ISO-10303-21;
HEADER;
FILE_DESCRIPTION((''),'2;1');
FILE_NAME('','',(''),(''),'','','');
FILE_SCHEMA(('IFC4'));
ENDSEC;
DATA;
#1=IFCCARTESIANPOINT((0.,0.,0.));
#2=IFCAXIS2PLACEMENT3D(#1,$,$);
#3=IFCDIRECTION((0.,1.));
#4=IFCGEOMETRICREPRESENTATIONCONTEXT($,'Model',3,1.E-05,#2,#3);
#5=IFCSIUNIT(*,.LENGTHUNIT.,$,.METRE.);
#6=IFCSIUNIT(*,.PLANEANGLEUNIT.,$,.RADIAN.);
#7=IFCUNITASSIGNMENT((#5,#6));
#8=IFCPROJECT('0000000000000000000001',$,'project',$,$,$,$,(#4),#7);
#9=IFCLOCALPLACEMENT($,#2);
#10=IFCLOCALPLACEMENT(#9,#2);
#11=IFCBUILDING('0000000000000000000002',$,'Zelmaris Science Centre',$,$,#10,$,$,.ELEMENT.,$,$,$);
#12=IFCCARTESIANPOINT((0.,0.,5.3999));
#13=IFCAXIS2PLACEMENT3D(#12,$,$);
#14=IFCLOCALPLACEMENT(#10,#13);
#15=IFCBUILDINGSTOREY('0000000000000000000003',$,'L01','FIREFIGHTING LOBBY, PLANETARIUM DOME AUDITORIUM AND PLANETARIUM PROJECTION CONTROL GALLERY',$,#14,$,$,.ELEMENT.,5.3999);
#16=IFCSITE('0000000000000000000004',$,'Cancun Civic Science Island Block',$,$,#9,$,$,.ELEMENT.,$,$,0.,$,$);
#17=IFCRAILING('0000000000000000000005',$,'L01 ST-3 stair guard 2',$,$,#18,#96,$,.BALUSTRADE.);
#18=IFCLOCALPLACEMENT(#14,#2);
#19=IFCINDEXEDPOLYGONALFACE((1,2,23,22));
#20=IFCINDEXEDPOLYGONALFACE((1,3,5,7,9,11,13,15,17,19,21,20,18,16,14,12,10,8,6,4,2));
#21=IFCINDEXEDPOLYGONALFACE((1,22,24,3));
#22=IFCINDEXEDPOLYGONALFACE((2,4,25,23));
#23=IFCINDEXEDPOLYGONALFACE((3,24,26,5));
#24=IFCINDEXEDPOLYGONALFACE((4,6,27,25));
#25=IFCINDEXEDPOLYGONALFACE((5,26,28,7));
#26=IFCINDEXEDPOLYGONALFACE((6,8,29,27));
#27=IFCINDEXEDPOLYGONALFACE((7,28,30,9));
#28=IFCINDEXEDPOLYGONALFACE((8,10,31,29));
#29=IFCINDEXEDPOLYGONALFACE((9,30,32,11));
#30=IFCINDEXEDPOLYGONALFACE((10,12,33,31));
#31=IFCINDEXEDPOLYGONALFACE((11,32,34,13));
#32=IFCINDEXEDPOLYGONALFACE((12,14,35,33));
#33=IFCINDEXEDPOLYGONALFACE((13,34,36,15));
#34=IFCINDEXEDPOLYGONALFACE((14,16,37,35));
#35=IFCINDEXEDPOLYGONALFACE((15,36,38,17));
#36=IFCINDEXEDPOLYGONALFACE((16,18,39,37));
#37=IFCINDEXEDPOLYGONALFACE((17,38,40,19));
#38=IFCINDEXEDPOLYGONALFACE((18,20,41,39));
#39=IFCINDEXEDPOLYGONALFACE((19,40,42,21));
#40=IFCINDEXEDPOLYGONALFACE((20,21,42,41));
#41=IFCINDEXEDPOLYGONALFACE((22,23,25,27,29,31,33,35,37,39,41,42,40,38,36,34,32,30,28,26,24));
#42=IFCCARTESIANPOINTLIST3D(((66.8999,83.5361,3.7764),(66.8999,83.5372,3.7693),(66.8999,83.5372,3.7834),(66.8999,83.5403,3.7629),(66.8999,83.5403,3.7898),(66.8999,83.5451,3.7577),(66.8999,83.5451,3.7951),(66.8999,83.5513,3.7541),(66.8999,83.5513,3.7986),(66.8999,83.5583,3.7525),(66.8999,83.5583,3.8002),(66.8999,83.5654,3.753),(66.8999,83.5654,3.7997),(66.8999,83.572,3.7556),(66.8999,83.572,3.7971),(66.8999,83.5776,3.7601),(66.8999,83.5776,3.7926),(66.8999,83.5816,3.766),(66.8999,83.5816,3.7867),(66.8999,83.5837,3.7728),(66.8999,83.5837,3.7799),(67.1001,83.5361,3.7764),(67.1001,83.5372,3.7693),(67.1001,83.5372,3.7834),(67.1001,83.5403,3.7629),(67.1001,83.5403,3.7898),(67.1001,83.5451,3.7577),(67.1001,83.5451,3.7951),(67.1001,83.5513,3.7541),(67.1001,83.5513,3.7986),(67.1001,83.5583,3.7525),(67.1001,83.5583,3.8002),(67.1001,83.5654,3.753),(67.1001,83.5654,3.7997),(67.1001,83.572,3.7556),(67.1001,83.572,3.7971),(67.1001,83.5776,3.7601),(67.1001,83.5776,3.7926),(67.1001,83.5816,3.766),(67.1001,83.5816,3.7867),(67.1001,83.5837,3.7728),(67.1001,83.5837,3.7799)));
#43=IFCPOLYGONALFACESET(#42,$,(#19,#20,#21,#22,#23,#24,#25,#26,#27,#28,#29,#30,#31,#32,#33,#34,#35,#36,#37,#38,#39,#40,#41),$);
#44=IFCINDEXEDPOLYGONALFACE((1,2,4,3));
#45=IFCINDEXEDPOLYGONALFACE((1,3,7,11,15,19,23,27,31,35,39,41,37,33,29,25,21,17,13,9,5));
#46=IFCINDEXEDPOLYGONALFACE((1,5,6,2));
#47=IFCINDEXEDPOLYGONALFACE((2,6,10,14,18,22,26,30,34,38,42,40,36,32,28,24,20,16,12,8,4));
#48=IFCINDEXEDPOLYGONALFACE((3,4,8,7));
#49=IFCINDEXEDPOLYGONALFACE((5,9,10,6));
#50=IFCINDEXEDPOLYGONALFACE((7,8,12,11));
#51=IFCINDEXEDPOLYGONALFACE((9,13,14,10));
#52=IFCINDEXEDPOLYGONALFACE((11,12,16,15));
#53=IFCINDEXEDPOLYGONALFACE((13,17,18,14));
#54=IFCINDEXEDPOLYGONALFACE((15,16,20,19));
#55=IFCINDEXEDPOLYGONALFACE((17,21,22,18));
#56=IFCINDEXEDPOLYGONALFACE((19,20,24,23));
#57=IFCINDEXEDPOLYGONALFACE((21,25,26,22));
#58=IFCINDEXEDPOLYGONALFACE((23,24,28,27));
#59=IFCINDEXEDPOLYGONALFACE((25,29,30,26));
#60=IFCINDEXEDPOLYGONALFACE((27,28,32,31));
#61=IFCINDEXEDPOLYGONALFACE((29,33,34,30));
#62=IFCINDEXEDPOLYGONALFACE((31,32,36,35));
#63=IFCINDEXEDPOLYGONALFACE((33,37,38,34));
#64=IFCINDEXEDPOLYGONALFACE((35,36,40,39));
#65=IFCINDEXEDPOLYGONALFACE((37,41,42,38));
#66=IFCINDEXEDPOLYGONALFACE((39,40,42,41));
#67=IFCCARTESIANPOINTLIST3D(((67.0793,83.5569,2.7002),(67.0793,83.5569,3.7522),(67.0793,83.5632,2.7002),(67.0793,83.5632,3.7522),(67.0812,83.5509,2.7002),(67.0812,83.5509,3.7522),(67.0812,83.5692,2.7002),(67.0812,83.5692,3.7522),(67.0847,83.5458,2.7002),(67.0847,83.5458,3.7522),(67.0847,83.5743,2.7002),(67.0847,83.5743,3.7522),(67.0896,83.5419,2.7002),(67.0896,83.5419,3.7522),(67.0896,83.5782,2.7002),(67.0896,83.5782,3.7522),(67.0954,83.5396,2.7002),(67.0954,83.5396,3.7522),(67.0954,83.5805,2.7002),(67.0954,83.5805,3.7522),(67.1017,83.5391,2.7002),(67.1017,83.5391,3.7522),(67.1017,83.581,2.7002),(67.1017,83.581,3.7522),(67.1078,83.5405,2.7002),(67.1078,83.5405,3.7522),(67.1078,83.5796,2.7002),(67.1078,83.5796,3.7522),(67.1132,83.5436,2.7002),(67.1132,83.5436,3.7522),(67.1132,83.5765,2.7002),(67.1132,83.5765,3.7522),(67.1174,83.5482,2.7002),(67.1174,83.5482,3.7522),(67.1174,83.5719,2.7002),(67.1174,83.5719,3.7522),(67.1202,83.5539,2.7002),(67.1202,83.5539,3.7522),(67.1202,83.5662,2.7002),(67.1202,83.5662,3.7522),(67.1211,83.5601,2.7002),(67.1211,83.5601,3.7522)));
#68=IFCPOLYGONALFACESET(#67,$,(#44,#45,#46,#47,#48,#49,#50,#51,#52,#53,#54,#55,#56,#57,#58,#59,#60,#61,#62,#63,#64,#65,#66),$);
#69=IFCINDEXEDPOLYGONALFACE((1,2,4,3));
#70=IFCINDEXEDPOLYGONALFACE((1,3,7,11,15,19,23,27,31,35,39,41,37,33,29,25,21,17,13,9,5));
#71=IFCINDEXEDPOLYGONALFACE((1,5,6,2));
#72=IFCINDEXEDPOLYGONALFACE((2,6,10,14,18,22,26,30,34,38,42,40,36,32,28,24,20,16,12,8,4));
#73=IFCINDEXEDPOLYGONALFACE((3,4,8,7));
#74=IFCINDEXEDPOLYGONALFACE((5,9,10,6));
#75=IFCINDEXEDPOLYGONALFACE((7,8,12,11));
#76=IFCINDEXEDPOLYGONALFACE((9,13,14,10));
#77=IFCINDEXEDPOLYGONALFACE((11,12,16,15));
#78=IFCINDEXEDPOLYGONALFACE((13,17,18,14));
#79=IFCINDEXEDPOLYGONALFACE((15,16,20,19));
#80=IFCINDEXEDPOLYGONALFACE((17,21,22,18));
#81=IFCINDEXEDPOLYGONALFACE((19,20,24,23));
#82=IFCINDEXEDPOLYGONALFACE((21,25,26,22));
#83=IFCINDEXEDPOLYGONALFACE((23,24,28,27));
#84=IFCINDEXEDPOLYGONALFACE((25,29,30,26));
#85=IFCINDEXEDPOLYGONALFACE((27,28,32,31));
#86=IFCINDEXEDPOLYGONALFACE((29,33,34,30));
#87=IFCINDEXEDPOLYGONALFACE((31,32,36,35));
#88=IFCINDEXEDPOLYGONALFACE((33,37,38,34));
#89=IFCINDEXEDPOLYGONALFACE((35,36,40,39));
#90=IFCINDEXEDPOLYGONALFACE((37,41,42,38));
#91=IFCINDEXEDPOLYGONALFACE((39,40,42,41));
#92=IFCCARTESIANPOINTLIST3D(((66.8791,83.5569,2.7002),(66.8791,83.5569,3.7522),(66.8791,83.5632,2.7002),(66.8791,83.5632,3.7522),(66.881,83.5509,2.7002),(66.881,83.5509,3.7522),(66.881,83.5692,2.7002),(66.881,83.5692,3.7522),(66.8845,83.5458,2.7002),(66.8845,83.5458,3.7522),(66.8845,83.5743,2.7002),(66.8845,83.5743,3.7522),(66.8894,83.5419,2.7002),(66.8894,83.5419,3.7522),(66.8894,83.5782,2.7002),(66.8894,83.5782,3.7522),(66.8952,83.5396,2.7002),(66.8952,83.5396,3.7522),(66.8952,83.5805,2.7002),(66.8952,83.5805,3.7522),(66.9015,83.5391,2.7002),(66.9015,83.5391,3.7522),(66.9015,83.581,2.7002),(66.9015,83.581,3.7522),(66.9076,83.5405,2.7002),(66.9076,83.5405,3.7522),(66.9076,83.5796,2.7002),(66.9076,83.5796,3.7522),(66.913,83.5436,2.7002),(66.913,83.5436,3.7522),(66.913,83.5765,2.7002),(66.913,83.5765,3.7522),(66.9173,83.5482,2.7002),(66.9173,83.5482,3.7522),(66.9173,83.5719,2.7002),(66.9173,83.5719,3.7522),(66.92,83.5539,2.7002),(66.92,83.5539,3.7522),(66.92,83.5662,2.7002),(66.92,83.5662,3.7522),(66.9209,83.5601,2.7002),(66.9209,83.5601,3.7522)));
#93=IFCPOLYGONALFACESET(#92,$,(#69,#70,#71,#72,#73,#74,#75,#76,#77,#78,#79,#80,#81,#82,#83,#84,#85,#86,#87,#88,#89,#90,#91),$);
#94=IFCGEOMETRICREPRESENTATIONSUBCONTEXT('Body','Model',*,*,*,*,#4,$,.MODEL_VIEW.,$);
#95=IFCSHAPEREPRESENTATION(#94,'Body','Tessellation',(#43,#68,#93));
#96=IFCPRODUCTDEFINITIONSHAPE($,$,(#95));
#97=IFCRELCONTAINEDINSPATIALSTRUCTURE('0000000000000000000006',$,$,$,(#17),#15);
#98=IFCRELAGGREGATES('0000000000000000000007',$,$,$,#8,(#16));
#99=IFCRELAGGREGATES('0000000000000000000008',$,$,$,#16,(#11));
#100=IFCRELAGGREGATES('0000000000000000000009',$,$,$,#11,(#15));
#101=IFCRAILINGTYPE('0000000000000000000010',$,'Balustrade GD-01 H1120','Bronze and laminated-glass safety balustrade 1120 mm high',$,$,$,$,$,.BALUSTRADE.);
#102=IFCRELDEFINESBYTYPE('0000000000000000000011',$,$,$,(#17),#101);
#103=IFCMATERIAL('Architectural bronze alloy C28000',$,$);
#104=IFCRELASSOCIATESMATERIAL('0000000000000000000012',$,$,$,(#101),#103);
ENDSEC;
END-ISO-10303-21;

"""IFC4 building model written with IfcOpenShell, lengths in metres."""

from ifc_helpers import new_model, si_unit, direction, frame, origin, origin_2d, place, context, subcontext, project, spatial, circle, extrude, material, type_object, element, save


model = new_model("IFC4")

# Units and contexts
model_context = context("Model", 3, precision=1e-05, world=origin(), true_north=direction((0.0, 1.0)))
body_context = subcontext(model_context, "Body", "Model", "MODEL_VIEW")
ifc_project = project(units=[si_unit("LENGTHUNIT", "METRE"), si_unit("PLANEANGLEUNIT", "RADIAN")], contexts=[model_context])

# Site, building, storey
site_placement = place(None, origin())
site = spatial("IfcSite", under=ifc_project, at=site_placement, Name="Cancun Civic Science Island Block", CompositionType="ELEMENT", RefElevation=0.0)
building_placement = place(site_placement, origin())
building = spatial("IfcBuilding", under=site, at=building_placement, Name="Zelmaris Science Centre", CompositionType="ELEMENT")
storey_placement = place(building_placement, frame((0.0, 0.0, 5.3999)))
storey = spatial("IfcBuildingStorey", under=building, at=storey_placement, Name="L01", Description="FIREFIGHTING LOBBY, PLANETARIUM DOME AUDITORIUM AND PLANETARIUM PROJECTION CONTROL GALLERY", CompositionType="ELEMENT", Elevation=5.3999)

# Railing
ifc_material_1 = material(Name="Architectural bronze alloy C28000")
railing_type_1 = type_object("IfcRailingType", Name="Balustrade GD-01 H1120", Description="Bronze and laminated-glass safety balustrade 1120 mm high", PredefinedType="BALUSTRADE", material=ifc_material_1)
railing_1_placement = place(storey_placement, frame((67.1001, 83.5601, 2.7002)))
element("IfcRailing", 1, at=railing_1_placement, inside=storey, type_object=railing_type_1, Name="L01 ST-3 stair guard 2", PredefinedType="BALUSTRADE", context=body_context, shape_type="SweptSolid", body=[
    extrude(circle(Radius=0.0239, at=origin_2d()), frame((0.0, 0.0, 1.0762), z_axis=(-1.0, 0.0, 0.0), x_axis=(0.0, -1.0, 0.0)), (0.0, 0.0, 1.0), 0.2002),
    extrude(circle(Radius=0.021, at=origin_2d()), origin(), (0.0, 0.0, 1.0), 1.052),
    extrude(circle(Radius=0.021, at=origin_2d()), frame((-0.2002, 0.0, 0.0)), (0.0, 0.0, 1.0), 1.052),
])

save(model, "model.ifc")
